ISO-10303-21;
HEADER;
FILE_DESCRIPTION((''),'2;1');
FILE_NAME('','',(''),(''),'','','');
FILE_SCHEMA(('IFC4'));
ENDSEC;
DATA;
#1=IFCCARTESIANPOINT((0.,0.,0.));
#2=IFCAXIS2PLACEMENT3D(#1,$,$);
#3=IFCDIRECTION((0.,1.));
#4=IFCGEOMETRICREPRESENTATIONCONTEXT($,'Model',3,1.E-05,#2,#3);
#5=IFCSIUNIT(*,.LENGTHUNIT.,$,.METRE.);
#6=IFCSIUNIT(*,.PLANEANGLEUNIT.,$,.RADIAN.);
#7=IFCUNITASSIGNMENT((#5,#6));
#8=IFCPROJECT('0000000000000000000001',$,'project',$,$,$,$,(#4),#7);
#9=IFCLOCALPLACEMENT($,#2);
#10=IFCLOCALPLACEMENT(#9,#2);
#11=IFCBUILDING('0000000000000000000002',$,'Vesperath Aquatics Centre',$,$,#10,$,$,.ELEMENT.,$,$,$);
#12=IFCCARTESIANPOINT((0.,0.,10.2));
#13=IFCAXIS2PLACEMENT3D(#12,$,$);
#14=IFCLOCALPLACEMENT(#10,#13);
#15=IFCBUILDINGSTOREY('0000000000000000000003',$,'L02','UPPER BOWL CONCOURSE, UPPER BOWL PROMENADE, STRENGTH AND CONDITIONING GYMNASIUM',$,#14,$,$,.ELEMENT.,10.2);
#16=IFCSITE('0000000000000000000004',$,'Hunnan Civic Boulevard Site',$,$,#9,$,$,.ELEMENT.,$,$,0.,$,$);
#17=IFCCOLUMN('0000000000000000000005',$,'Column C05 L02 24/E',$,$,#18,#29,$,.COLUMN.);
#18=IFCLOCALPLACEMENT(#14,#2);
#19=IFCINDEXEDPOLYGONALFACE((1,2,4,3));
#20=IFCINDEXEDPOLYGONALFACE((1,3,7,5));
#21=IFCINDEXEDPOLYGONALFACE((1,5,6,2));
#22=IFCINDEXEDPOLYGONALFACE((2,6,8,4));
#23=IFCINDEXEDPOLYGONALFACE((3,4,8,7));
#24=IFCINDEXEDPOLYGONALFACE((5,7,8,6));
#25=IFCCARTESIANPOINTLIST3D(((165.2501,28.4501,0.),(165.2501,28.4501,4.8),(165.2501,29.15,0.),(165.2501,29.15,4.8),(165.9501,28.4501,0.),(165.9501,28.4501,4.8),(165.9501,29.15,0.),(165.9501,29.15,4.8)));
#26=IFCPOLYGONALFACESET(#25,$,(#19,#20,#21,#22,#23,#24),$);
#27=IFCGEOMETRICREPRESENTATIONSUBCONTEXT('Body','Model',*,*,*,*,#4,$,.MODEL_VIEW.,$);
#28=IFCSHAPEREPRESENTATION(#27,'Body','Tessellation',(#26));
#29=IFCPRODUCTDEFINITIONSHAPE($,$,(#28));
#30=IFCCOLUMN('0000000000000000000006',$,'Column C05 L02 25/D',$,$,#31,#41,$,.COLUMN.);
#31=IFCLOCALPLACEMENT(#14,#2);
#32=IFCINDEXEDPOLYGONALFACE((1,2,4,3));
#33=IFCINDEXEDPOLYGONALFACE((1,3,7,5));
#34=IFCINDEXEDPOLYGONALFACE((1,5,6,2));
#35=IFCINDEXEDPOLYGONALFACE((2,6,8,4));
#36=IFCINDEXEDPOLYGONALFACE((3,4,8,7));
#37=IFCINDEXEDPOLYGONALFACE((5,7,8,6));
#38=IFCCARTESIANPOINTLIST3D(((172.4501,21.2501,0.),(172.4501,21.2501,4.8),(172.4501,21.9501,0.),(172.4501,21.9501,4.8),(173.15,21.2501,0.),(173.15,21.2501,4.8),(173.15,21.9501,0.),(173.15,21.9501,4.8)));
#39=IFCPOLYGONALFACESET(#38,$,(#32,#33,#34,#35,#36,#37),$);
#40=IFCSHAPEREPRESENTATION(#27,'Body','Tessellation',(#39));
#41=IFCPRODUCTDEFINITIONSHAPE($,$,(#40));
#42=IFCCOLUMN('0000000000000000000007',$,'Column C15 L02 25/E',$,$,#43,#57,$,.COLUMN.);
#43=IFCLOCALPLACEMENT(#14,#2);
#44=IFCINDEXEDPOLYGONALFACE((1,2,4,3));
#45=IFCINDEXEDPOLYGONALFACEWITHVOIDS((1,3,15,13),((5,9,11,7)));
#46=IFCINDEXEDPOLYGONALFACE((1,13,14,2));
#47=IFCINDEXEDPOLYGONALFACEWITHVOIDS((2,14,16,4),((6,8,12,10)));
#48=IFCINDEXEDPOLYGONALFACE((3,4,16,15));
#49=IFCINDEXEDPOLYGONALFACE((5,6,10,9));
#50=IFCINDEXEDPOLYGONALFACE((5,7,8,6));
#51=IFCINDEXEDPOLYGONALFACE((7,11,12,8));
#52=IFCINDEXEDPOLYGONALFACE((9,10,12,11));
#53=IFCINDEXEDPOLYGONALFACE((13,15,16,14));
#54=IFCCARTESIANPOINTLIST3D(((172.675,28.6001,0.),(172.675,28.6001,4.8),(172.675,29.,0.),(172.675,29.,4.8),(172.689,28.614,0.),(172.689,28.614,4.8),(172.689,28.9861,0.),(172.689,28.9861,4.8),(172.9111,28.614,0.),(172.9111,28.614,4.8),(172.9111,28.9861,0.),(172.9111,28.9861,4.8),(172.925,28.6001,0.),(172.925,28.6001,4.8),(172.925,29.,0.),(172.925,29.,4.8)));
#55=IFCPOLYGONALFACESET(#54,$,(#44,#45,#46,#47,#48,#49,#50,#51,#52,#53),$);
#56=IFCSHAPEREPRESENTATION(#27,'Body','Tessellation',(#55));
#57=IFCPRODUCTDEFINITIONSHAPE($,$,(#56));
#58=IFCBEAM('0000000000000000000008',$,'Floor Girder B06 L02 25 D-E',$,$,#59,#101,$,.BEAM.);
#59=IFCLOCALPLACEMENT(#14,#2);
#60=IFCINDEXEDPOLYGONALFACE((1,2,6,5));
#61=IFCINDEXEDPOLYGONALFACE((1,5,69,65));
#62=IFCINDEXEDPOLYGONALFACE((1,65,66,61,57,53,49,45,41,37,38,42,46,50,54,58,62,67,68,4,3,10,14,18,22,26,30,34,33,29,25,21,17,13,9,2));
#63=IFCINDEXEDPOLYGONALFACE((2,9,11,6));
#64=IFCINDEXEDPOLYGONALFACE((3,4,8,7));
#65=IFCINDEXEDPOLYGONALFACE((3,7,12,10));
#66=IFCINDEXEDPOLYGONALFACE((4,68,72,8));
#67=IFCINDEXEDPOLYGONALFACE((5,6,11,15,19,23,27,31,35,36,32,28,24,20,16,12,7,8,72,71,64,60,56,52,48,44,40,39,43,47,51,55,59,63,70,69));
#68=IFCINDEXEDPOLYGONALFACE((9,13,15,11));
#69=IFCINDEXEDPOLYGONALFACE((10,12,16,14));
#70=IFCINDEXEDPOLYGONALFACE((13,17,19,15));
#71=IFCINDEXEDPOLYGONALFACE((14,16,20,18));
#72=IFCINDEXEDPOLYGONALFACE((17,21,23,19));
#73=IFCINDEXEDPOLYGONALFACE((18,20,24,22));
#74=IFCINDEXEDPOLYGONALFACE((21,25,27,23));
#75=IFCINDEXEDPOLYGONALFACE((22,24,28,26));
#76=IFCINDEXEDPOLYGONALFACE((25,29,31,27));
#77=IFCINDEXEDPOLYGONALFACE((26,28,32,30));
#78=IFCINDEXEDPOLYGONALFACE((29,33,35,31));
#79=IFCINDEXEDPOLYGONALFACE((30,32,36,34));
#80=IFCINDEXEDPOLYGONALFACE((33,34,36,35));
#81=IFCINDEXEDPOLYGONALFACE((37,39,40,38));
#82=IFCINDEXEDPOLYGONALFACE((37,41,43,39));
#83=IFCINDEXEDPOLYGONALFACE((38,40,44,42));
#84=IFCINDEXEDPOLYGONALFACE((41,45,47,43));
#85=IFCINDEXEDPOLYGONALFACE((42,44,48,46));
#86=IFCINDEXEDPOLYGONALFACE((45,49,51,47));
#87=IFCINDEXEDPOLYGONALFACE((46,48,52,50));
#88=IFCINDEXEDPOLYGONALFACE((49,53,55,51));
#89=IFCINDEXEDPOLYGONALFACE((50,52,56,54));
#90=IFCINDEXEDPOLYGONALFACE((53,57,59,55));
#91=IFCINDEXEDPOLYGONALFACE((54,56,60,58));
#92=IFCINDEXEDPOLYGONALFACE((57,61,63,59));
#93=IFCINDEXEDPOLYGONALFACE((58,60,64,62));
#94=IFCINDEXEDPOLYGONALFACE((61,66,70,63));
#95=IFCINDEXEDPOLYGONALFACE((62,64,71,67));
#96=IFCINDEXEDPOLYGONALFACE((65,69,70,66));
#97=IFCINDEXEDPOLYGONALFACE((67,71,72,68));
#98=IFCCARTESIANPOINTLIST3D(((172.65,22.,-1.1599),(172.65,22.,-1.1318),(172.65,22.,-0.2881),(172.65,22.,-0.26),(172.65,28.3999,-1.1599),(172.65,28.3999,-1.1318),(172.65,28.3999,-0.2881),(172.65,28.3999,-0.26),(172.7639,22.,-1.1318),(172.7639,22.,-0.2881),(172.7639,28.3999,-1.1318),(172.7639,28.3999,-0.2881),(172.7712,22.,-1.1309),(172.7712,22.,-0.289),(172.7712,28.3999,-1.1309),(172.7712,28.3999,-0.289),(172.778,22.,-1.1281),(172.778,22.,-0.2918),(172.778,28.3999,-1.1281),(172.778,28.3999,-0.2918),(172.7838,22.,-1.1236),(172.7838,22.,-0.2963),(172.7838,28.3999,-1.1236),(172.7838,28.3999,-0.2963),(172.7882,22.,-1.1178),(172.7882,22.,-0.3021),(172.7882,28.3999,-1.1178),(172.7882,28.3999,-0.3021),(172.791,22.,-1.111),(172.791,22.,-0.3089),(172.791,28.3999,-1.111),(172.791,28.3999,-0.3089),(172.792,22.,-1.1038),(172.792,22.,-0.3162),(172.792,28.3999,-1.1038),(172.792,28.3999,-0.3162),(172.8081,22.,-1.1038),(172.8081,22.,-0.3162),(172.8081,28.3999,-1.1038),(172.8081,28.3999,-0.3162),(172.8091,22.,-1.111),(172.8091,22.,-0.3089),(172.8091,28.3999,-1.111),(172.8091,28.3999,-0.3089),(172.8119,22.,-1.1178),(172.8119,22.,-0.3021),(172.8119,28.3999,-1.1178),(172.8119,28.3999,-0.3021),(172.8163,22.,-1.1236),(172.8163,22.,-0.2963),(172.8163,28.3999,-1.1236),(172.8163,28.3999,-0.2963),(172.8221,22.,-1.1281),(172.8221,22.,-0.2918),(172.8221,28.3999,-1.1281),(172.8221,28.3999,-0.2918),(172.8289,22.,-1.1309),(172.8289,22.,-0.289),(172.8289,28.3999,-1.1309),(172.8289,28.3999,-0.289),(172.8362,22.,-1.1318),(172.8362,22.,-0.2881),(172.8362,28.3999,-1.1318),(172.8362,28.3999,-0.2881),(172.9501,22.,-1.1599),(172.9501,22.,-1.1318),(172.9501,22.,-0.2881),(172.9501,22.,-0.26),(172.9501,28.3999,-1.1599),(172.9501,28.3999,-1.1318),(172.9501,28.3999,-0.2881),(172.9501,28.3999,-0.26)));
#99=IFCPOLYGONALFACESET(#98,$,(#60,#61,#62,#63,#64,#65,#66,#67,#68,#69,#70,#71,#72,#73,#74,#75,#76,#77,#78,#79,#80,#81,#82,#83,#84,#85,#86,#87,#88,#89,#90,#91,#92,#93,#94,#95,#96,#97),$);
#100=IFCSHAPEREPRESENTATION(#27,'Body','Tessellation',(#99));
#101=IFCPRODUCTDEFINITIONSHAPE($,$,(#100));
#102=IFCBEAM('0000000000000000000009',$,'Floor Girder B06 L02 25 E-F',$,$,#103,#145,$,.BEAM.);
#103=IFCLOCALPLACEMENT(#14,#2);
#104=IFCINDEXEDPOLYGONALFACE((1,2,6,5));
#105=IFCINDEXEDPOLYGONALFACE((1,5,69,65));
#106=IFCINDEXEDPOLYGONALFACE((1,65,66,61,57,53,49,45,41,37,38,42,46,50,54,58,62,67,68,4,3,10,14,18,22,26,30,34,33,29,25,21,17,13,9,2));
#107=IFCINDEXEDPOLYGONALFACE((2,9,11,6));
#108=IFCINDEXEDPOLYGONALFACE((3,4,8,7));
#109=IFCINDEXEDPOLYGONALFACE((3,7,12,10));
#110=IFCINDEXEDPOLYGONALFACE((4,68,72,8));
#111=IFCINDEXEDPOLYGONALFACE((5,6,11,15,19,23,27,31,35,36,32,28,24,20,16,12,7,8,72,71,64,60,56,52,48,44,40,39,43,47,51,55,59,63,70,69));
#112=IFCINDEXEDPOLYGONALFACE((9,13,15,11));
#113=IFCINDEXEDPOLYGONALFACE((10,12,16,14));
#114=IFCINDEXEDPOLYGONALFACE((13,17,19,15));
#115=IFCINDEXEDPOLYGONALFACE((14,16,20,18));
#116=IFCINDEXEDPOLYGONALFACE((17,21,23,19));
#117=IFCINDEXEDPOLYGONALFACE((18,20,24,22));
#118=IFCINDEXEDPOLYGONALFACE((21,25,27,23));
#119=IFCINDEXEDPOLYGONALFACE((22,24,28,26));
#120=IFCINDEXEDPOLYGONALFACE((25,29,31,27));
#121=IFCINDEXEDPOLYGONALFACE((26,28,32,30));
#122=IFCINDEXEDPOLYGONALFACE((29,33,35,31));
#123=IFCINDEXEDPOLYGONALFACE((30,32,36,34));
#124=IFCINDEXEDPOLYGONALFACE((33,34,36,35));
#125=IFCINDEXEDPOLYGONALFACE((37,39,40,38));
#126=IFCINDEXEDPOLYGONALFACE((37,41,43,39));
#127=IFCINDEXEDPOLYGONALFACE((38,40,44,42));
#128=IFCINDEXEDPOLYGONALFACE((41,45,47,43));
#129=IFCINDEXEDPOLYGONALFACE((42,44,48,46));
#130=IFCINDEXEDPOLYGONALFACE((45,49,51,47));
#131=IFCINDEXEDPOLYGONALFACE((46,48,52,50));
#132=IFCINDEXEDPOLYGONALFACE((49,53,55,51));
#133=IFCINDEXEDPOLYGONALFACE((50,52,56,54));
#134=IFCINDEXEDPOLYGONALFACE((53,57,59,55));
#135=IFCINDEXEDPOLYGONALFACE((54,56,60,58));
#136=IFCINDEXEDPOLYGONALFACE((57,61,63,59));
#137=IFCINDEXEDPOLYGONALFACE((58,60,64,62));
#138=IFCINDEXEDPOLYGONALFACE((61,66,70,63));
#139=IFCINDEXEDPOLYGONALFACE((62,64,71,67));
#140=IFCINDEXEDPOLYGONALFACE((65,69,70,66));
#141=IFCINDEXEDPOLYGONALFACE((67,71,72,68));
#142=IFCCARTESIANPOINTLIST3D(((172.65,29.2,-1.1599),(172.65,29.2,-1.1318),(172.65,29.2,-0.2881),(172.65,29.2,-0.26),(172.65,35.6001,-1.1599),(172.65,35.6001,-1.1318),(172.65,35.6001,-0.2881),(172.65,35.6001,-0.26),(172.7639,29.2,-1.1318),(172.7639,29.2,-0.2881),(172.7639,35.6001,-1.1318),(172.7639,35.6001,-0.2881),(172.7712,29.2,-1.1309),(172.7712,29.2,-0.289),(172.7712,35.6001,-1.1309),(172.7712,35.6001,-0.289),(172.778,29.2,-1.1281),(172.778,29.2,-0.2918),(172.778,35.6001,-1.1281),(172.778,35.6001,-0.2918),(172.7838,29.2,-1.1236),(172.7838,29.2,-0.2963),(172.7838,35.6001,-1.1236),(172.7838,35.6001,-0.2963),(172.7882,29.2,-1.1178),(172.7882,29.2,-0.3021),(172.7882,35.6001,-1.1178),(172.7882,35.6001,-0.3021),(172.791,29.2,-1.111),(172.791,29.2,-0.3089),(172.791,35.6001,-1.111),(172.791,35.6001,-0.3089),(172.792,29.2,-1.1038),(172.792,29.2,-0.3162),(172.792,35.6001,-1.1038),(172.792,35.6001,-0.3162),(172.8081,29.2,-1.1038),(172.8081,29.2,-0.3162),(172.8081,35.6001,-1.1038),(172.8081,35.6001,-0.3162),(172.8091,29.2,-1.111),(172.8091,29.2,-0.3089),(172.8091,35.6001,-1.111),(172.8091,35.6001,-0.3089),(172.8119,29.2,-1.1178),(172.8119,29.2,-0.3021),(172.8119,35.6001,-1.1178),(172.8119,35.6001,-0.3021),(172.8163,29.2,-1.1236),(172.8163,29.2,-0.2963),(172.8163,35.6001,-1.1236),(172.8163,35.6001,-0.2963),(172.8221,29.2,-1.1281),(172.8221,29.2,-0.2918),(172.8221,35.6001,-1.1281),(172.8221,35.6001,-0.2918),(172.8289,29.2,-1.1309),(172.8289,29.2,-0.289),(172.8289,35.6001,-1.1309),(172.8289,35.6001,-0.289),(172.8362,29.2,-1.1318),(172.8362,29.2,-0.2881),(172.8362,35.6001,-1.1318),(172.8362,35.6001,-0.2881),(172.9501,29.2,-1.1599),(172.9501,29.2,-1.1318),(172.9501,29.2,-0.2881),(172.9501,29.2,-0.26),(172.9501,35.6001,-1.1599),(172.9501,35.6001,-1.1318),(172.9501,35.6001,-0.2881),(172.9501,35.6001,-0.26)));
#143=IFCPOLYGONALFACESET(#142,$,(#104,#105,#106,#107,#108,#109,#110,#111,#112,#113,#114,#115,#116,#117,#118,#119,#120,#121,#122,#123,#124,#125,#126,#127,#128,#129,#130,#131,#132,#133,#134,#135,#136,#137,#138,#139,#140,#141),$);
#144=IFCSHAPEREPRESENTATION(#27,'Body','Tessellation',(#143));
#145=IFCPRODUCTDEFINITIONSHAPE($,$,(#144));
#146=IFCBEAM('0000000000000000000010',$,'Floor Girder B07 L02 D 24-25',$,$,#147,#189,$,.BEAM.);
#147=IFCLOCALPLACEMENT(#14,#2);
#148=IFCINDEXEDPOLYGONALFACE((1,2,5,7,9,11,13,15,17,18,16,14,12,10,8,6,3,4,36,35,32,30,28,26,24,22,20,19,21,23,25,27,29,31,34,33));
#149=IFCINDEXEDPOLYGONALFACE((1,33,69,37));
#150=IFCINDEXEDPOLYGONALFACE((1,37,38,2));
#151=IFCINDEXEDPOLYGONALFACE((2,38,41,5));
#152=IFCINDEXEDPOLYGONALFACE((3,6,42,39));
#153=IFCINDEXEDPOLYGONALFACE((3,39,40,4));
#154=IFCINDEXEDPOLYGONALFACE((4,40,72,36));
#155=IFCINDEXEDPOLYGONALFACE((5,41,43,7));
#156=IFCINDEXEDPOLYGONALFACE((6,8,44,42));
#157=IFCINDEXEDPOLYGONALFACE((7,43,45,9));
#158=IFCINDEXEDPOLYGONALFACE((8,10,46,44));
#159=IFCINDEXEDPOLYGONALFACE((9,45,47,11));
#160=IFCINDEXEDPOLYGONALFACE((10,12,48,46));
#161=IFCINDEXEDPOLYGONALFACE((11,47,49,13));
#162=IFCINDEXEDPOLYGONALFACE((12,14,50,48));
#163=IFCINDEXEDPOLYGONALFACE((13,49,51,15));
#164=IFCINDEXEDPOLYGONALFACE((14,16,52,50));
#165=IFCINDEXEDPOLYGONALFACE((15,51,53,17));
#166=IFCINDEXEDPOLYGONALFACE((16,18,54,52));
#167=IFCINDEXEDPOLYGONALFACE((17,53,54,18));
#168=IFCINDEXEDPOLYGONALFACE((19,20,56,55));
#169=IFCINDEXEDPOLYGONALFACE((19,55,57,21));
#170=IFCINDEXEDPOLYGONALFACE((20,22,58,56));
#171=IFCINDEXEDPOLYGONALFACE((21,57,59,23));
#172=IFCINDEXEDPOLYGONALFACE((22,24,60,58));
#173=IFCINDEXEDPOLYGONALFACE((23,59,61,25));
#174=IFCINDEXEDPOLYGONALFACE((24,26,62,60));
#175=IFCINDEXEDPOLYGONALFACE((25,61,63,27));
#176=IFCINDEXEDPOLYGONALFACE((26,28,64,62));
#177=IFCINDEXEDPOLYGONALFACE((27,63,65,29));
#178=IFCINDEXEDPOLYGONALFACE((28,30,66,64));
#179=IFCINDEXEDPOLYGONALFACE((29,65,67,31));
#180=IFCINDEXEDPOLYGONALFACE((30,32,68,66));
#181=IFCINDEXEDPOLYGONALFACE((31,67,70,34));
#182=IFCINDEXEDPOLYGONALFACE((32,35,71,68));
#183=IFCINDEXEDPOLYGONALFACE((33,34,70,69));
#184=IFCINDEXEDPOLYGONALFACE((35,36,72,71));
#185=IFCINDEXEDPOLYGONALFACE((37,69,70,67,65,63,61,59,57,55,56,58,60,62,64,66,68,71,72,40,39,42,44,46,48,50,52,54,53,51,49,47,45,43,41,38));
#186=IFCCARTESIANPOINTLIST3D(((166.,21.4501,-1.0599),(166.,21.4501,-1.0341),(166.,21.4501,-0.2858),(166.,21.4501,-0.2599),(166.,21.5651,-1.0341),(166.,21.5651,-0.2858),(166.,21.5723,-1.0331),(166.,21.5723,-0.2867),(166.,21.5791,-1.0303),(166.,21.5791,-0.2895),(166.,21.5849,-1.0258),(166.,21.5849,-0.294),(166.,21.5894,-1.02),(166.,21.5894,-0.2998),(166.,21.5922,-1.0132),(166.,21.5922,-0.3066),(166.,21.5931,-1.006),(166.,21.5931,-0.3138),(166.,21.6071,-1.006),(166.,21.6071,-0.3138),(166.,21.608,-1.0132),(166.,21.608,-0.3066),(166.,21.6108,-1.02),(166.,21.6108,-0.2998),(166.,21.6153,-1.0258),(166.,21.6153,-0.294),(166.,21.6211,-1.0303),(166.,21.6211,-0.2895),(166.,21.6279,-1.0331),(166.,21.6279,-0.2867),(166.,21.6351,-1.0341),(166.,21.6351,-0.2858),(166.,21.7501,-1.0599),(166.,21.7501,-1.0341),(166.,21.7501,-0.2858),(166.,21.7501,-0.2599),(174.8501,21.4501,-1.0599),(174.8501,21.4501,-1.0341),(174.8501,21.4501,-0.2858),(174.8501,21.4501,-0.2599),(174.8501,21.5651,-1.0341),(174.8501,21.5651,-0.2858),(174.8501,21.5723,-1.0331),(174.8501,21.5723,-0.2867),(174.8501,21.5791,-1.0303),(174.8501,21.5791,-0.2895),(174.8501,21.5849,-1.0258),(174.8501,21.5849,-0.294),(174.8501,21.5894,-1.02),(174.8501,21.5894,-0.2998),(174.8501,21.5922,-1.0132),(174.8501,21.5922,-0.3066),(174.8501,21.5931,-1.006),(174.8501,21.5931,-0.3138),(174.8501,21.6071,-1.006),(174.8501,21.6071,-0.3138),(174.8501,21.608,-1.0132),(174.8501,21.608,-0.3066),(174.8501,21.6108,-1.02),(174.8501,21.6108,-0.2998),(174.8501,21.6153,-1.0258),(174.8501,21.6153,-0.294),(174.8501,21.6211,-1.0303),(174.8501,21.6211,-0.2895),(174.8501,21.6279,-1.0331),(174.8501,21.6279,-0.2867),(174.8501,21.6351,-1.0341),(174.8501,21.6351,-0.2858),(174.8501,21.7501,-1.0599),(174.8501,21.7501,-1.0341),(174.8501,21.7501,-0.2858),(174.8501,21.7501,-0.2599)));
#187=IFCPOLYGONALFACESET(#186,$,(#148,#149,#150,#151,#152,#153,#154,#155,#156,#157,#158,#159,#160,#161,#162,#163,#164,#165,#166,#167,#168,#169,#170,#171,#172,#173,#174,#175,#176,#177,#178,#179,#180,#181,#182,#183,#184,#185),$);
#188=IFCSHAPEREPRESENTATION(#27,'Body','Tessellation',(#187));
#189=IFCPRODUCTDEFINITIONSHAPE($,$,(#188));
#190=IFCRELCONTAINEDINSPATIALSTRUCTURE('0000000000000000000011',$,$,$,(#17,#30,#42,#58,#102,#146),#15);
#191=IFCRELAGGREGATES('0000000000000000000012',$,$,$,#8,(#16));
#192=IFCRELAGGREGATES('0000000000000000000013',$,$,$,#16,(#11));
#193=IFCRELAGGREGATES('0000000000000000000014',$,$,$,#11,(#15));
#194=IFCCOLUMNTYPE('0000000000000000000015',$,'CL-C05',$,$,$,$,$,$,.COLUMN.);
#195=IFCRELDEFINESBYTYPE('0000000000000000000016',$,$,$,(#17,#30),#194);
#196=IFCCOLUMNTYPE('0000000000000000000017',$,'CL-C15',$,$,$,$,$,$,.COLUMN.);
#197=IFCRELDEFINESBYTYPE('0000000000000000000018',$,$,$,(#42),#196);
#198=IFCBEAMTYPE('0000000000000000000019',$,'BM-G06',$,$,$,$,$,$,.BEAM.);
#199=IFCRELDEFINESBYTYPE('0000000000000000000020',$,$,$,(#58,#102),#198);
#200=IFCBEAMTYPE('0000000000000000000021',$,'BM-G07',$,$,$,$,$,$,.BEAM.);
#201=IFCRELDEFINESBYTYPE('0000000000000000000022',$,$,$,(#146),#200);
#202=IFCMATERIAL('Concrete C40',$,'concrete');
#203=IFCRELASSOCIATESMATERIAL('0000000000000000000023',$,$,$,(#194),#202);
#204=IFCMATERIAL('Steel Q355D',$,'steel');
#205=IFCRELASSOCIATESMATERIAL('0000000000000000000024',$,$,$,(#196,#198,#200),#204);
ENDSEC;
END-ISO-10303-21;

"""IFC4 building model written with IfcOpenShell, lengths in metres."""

from ifc_helpers import new_model, si_unit, direction, frame, origin, origin_2d, place, context, subcontext, project, spatial, rectangle, hollow_rectangle, i_section, extrude, material, material_profile, profile_set, type_object, element, save


model = new_model("IFC4")

# Units and contexts
model_context = context("Model", 3, precision=1e-05, world=origin(), true_north=direction((0.0, 1.0)))
body_context = subcontext(model_context, "Body", "Model", "MODEL_VIEW")
ifc_project = project(units=[si_unit("LENGTHUNIT", "METRE"), si_unit("PLANEANGLEUNIT", "RADIAN")], contexts=[model_context])

# Site, building, storey
site_placement = place(None, origin())
site = spatial("IfcSite", under=ifc_project, at=site_placement, Name="Hunnan Civic Boulevard Site", CompositionType="ELEMENT", RefElevation=0.0)
building_placement = place(site_placement, origin())
building = spatial("IfcBuilding", under=site, at=building_placement, Name="Vesperath Aquatics Centre", CompositionType="ELEMENT")
storey_placement = place(building_placement, frame((0.0, 0.0, 10.2)))
storey = spatial("IfcBuildingStorey", under=building, at=storey_placement, Name="L02", Description="UPPER BOWL CONCOURSE, UPPER BOWL PROMENADE, STRENGTH AND CONDITIONING GYMNASIUM", CompositionType="ELEMENT", Elevation=10.2)

# Columns
ifc_material_1 = material(Name="Concrete C40", Category="concrete")
ifc_material_profile_1 = material_profile(ifc_material_1, rectangle(XDim=0.7, YDim=0.7, at=origin_2d()), Name="RC 700x700")
ifc_profile_set_1 = profile_set([ifc_material_profile_1], Name="Concrete C40")
column_type_1 = type_object("IfcColumnType", Name="CL-C05", PredefinedType="COLUMN", material=ifc_profile_set_1)
for number, where, z_axis, x_axis, name in (
    (1, (165.6001, 28.8, 0.0), (0.0, 0.0, 1.0), (1.0, 0.0, 0.0), "Column C05 L02 24/E"),
    (2, (172.8, 21.6001, 0.0), (0.0, 0.0, 1.0), (1.0, 0.0, 0.0), "Column C05 L02 25/D"),
):
    element("IfcColumn", number, at=place(storey_placement, frame(where, z_axis=z_axis, x_axis=x_axis)), inside=storey, type_object=column_type_1, Name=name, PredefinedType="COLUMN", context=body_context, shape_type="SweptSolid", body=[
        extrude(rectangle(XDim=0.7, YDim=0.7, at=origin_2d()), origin(), (0.0, 0.0, 1.0), 4.8),
    ])
ifc_material_2 = material(Name="Steel Q355D", Category="steel")
ifc_material_profile_2 = material_profile(ifc_material_2, hollow_rectangle(XDim=0.25, YDim=0.3999, WallThickness=0.0139, at=origin_2d()), Name="RHS 400x250x14")
ifc_profile_set_2 = profile_set([ifc_material_profile_2], Name="Steel Q355D")
column_type_2 = type_object("IfcColumnType", Name="CL-C15", PredefinedType="COLUMN", material=ifc_profile_set_2)
column_placement = place(storey_placement, frame((172.8, 28.8, 0.0), z_axis=(0.0, 0.0, 1.0), x_axis=(1.0, 0.0, 0.0)))
element("IfcColumn", 3, at=column_placement, inside=storey, type_object=column_type_2, Name="Column C15 L02 25/E", PredefinedType="COLUMN", context=body_context, shape_type="SweptSolid", body=[
    extrude(hollow_rectangle(XDim=0.25, YDim=0.3999, WallThickness=0.0139, at=origin_2d()), origin(), (0.0, 0.0, 1.0), 4.8),
])

# Beams
ifc_material_profile_3 = material_profile(ifc_material_2, i_section(OverallWidth=0.3, OverallDepth=0.8999, WebThickness=0.0161, FlangeThickness=0.0281, FilletRadius=0.0281, at=origin_2d()), Name="HN 900x300x16x28")
ifc_profile_set_3 = profile_set([ifc_material_profile_3], Name="Steel Q355D")
beam_type_1 = type_object("IfcBeamType", Name="BM-G06", PredefinedType="BEAM", material=ifc_profile_set_3)
beam_1_placement = place(storey_placement, frame((172.8, 22.0, -0.71), z_axis=(0.0, 1.0, 0.0), x_axis=(-1.0, 0.0, 0.0)))
element("IfcBeam", 4, at=beam_1_placement, inside=storey, type_object=beam_type_1, Name="Floor Girder B06 L02 25 D-E", PredefinedType="BEAM", context=body_context, shape_type="SweptSolid", body=[
    extrude(i_section(OverallWidth=0.3, OverallDepth=0.8999, WebThickness=0.0161, FlangeThickness=0.0281, FilletRadius=0.0281, at=origin_2d()), origin(), (0.0, 0.0, 1.0), 6.3999),
])
beam_2_placement = place(storey_placement, frame((172.8, 29.2, -0.71), z_axis=(0.0, 1.0, 0.0), x_axis=(-1.0, 0.0, 0.0)))
element("IfcBeam", 5, at=beam_2_placement, inside=storey, type_object=beam_type_1, Name="Floor Girder B06 L02 25 E-F", PredefinedType="BEAM", context=body_context, shape_type="SweptSolid", body=[
    extrude(i_section(OverallWidth=0.3, OverallDepth=0.8999, WebThickness=0.0161, FlangeThickness=0.0281, FilletRadius=0.0281, at=origin_2d()), origin(), (0.0, 0.0, 1.0), 6.4001),
])
ifc_material_profile_4 = material_profile(ifc_material_2, i_section(OverallWidth=0.3, OverallDepth=0.8, WebThickness=0.0139, FlangeThickness=0.0259, FilletRadius=0.0281, at=origin_2d()), Name="HN 800x300x14x26")
ifc_profile_set_4 = profile_set([ifc_material_profile_4], Name="Steel Q355D")
beam_type_2 = type_object("IfcBeamType", Name="BM-G07", PredefinedType="BEAM", material=ifc_profile_set_4)
for number, where, z_axis, x_axis, name in (
    (6, (166.0, 21.6001, -0.6599), (1.0, 0.0, 0.0), (0.0, 1.0, 0.0), "Floor Girder B07 L02 D 24-25"),
):
    element("IfcBeam", number, at=place(storey_placement, frame(where, z_axis=z_axis, x_axis=x_axis)), inside=storey, type_object=beam_type_2, Name=name, PredefinedType="BEAM", context=body_context, shape_type="SweptSolid", body=[
        extrude(i_section(OverallWidth=0.3, OverallDepth=0.8, WebThickness=0.0139, FlangeThickness=0.0259, FilletRadius=0.0281, at=origin_2d()), origin(), (0.0, 0.0, 1.0), 8.8501),
    ])

save(model, "model.ifc")
